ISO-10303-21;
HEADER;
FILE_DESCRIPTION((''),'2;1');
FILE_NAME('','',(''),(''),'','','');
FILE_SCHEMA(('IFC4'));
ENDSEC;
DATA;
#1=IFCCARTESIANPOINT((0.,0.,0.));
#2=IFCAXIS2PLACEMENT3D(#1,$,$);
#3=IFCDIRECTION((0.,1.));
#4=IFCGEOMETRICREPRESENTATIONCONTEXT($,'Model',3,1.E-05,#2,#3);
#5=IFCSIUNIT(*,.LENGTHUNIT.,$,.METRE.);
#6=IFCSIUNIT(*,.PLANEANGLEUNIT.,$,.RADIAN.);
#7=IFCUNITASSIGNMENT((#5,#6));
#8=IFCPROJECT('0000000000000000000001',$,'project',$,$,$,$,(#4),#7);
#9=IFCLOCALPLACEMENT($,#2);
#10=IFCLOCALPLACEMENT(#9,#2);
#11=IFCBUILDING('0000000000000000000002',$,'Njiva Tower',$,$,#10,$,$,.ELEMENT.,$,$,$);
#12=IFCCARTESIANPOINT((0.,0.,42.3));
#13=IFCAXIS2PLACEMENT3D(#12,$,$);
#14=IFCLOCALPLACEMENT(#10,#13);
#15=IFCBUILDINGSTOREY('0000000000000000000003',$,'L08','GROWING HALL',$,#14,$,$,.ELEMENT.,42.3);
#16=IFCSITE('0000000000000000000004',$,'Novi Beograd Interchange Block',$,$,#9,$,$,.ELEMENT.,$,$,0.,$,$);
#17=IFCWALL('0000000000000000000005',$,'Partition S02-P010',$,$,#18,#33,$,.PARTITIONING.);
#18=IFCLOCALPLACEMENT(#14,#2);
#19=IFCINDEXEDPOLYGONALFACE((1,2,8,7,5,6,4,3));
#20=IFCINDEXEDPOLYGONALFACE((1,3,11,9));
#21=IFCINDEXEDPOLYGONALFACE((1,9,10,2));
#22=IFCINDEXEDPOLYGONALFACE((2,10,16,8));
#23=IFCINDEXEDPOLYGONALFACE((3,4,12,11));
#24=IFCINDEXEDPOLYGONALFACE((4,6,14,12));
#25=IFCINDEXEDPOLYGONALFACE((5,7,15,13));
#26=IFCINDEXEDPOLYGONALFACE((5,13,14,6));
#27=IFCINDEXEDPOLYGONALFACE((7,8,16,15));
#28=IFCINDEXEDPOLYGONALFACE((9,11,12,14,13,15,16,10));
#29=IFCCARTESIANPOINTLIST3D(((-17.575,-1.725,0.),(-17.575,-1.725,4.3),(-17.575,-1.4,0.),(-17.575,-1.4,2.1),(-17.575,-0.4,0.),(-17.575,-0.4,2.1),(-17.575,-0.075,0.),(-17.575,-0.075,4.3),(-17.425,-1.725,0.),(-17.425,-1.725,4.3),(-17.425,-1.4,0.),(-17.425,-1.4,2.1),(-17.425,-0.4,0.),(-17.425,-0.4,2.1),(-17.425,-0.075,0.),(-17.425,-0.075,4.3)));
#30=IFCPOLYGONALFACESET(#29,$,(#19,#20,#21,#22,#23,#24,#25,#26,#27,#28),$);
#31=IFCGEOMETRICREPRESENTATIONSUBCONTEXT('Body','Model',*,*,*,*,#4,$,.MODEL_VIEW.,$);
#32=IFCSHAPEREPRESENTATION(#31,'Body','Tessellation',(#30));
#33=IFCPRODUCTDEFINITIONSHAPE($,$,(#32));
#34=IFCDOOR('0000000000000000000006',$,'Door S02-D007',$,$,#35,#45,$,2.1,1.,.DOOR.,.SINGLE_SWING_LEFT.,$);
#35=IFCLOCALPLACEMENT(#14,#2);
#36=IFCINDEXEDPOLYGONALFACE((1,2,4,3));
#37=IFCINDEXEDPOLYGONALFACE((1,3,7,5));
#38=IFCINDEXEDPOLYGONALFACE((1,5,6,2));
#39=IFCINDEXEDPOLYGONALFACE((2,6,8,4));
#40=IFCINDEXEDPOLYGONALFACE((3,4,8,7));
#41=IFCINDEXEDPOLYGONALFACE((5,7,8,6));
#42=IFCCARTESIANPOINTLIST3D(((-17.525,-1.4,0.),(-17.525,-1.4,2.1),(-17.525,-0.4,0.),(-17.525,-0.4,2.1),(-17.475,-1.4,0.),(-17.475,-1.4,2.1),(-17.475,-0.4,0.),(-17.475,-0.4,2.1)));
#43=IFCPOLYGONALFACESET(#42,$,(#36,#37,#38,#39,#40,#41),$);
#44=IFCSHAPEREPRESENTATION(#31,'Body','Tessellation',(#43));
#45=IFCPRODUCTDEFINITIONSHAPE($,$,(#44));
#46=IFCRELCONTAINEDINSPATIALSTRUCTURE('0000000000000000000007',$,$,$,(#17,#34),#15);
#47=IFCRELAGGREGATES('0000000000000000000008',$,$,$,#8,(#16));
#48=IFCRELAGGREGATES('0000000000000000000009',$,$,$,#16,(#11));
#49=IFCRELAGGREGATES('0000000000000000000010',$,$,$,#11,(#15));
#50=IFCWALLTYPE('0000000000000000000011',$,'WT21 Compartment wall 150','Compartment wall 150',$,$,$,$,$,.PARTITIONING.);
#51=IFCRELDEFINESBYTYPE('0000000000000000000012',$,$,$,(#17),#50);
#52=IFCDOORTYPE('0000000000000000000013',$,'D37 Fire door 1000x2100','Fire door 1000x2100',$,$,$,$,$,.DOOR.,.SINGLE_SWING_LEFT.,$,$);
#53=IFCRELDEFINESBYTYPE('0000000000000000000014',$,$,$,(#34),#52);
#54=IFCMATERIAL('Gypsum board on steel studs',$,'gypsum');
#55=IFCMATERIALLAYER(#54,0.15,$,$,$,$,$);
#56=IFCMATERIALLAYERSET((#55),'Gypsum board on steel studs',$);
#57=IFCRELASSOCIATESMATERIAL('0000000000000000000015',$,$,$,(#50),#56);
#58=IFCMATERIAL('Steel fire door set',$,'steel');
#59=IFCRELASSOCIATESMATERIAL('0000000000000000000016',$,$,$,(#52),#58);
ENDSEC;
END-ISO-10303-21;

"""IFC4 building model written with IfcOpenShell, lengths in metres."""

from ifc_helpers import new_model, si_unit, direction, frame, frame_2d, origin, place, context, subcontext, project, spatial, rectangle, extrude, material, layer, layer_set, type_object, element, fill, save


model = new_model("IFC4")

# Units and contexts
model_context = context("Model", 3, precision=1e-05, world=origin(), true_north=direction((0.0, 1.0)))
body_context = subcontext(model_context, "Body", "Model", "MODEL_VIEW")
ifc_project = project(units=[si_unit("LENGTHUNIT", "METRE"), si_unit("PLANEANGLEUNIT", "RADIAN")], contexts=[model_context])

# Site, building, storey
site_placement = place(None, origin())
site = spatial("IfcSite", under=ifc_project, at=site_placement, Name="Novi Beograd Interchange Block", CompositionType="ELEMENT", RefElevation=0.0)
building_placement = place(site_placement, origin())
building = spatial("IfcBuilding", under=site, at=building_placement, Name="Njiva Tower", CompositionType="ELEMENT")
storey_placement = place(building_placement, frame((0.0, 0.0, 42.3)))
storey = spatial("IfcBuildingStorey", under=building, at=storey_placement, Name="L08", Description="GROWING HALL", CompositionType="ELEMENT", Elevation=42.3)

# Shared definitions
ifc_material_1 = material(Name="Gypsum board on steel studs", Category="gypsum")
ifc_layer = layer(ifc_material_1, 0.15)
ifc_layer_set = layer_set([ifc_layer], Name="Gypsum board on steel studs")
wall_type = type_object("IfcWallType", Name="WT21 Compartment wall 150", Description="Compartment wall 150", PredefinedType="PARTITIONING", material=ifc_layer_set)

# Shared definitions
ifc_material_2 = material(Name="Steel fire door set", Category="steel")
door_type = type_object("IfcDoorType", Name="D37 Fire door 1000x2100", Description="Fire door 1000x2100", OperationType="SINGLE_SWING_LEFT", PredefinedType="DOOR", material=ifc_material_2)

# Wall, opening, door
wall_1_placement = place(storey_placement, frame((-17.5, -1.725, 0.0), z_axis=(0.0, 0.0, 1.0), x_axis=(0.0, 1.0, 0.0)))
wall_1 = element("IfcWall", 1, at=wall_1_placement, inside=storey, type_object=wall_type, Name="Partition S02-P010", PredefinedType="PARTITIONING", context=body_context, shape_type="SweptSolid", body=[
    extrude(rectangle(XDim=1.65, YDim=0.15, at=frame_2d((0.825, 0.0))), origin(), (0.0, 0.0, 1.0), 4.3),
])
opening_1_placement = place(wall_1_placement, frame((0.325, 0.0, 0.0)))
opening_1 = element("IfcOpeningElement", 2, at=opening_1_placement, cuts=wall_1, PredefinedType="OPENING", context=body_context, shape_type="SweptSolid", body=[
    extrude(rectangle(XDim=1.0, YDim=2.1, at=frame_2d((0.5, 1.05))), frame((0.0, 0.085, 0.0), z_axis=(0.0, -1.0, 0.0), x_axis=(1.0, 0.0, 0.0)), (0.0, 0.0, 1.0), 0.17),
])
door_1_placement = place(opening_1_placement, origin())
door_1 = element("IfcDoor", 3, at=door_1_placement, inside=storey, type_object=door_type, Name="Door S02-D007", OperationType="SINGLE_SWING_LEFT", OverallHeight=2.1, OverallWidth=1.0, PredefinedType="DOOR", context=body_context, shape_type="SweptSolid", body=[
    extrude(rectangle(XDim=1.0, YDim=2.1, at=frame_2d((0.5, 1.05))), frame((0.0, 0.025, 0.0), z_axis=(0.0, -1.0, 0.0), x_axis=(1.0, 0.0, 0.0)), (0.0, 0.0, 1.0), 0.05),
])
fill(opening_1, door_1)

save(model, "model.ifc")
